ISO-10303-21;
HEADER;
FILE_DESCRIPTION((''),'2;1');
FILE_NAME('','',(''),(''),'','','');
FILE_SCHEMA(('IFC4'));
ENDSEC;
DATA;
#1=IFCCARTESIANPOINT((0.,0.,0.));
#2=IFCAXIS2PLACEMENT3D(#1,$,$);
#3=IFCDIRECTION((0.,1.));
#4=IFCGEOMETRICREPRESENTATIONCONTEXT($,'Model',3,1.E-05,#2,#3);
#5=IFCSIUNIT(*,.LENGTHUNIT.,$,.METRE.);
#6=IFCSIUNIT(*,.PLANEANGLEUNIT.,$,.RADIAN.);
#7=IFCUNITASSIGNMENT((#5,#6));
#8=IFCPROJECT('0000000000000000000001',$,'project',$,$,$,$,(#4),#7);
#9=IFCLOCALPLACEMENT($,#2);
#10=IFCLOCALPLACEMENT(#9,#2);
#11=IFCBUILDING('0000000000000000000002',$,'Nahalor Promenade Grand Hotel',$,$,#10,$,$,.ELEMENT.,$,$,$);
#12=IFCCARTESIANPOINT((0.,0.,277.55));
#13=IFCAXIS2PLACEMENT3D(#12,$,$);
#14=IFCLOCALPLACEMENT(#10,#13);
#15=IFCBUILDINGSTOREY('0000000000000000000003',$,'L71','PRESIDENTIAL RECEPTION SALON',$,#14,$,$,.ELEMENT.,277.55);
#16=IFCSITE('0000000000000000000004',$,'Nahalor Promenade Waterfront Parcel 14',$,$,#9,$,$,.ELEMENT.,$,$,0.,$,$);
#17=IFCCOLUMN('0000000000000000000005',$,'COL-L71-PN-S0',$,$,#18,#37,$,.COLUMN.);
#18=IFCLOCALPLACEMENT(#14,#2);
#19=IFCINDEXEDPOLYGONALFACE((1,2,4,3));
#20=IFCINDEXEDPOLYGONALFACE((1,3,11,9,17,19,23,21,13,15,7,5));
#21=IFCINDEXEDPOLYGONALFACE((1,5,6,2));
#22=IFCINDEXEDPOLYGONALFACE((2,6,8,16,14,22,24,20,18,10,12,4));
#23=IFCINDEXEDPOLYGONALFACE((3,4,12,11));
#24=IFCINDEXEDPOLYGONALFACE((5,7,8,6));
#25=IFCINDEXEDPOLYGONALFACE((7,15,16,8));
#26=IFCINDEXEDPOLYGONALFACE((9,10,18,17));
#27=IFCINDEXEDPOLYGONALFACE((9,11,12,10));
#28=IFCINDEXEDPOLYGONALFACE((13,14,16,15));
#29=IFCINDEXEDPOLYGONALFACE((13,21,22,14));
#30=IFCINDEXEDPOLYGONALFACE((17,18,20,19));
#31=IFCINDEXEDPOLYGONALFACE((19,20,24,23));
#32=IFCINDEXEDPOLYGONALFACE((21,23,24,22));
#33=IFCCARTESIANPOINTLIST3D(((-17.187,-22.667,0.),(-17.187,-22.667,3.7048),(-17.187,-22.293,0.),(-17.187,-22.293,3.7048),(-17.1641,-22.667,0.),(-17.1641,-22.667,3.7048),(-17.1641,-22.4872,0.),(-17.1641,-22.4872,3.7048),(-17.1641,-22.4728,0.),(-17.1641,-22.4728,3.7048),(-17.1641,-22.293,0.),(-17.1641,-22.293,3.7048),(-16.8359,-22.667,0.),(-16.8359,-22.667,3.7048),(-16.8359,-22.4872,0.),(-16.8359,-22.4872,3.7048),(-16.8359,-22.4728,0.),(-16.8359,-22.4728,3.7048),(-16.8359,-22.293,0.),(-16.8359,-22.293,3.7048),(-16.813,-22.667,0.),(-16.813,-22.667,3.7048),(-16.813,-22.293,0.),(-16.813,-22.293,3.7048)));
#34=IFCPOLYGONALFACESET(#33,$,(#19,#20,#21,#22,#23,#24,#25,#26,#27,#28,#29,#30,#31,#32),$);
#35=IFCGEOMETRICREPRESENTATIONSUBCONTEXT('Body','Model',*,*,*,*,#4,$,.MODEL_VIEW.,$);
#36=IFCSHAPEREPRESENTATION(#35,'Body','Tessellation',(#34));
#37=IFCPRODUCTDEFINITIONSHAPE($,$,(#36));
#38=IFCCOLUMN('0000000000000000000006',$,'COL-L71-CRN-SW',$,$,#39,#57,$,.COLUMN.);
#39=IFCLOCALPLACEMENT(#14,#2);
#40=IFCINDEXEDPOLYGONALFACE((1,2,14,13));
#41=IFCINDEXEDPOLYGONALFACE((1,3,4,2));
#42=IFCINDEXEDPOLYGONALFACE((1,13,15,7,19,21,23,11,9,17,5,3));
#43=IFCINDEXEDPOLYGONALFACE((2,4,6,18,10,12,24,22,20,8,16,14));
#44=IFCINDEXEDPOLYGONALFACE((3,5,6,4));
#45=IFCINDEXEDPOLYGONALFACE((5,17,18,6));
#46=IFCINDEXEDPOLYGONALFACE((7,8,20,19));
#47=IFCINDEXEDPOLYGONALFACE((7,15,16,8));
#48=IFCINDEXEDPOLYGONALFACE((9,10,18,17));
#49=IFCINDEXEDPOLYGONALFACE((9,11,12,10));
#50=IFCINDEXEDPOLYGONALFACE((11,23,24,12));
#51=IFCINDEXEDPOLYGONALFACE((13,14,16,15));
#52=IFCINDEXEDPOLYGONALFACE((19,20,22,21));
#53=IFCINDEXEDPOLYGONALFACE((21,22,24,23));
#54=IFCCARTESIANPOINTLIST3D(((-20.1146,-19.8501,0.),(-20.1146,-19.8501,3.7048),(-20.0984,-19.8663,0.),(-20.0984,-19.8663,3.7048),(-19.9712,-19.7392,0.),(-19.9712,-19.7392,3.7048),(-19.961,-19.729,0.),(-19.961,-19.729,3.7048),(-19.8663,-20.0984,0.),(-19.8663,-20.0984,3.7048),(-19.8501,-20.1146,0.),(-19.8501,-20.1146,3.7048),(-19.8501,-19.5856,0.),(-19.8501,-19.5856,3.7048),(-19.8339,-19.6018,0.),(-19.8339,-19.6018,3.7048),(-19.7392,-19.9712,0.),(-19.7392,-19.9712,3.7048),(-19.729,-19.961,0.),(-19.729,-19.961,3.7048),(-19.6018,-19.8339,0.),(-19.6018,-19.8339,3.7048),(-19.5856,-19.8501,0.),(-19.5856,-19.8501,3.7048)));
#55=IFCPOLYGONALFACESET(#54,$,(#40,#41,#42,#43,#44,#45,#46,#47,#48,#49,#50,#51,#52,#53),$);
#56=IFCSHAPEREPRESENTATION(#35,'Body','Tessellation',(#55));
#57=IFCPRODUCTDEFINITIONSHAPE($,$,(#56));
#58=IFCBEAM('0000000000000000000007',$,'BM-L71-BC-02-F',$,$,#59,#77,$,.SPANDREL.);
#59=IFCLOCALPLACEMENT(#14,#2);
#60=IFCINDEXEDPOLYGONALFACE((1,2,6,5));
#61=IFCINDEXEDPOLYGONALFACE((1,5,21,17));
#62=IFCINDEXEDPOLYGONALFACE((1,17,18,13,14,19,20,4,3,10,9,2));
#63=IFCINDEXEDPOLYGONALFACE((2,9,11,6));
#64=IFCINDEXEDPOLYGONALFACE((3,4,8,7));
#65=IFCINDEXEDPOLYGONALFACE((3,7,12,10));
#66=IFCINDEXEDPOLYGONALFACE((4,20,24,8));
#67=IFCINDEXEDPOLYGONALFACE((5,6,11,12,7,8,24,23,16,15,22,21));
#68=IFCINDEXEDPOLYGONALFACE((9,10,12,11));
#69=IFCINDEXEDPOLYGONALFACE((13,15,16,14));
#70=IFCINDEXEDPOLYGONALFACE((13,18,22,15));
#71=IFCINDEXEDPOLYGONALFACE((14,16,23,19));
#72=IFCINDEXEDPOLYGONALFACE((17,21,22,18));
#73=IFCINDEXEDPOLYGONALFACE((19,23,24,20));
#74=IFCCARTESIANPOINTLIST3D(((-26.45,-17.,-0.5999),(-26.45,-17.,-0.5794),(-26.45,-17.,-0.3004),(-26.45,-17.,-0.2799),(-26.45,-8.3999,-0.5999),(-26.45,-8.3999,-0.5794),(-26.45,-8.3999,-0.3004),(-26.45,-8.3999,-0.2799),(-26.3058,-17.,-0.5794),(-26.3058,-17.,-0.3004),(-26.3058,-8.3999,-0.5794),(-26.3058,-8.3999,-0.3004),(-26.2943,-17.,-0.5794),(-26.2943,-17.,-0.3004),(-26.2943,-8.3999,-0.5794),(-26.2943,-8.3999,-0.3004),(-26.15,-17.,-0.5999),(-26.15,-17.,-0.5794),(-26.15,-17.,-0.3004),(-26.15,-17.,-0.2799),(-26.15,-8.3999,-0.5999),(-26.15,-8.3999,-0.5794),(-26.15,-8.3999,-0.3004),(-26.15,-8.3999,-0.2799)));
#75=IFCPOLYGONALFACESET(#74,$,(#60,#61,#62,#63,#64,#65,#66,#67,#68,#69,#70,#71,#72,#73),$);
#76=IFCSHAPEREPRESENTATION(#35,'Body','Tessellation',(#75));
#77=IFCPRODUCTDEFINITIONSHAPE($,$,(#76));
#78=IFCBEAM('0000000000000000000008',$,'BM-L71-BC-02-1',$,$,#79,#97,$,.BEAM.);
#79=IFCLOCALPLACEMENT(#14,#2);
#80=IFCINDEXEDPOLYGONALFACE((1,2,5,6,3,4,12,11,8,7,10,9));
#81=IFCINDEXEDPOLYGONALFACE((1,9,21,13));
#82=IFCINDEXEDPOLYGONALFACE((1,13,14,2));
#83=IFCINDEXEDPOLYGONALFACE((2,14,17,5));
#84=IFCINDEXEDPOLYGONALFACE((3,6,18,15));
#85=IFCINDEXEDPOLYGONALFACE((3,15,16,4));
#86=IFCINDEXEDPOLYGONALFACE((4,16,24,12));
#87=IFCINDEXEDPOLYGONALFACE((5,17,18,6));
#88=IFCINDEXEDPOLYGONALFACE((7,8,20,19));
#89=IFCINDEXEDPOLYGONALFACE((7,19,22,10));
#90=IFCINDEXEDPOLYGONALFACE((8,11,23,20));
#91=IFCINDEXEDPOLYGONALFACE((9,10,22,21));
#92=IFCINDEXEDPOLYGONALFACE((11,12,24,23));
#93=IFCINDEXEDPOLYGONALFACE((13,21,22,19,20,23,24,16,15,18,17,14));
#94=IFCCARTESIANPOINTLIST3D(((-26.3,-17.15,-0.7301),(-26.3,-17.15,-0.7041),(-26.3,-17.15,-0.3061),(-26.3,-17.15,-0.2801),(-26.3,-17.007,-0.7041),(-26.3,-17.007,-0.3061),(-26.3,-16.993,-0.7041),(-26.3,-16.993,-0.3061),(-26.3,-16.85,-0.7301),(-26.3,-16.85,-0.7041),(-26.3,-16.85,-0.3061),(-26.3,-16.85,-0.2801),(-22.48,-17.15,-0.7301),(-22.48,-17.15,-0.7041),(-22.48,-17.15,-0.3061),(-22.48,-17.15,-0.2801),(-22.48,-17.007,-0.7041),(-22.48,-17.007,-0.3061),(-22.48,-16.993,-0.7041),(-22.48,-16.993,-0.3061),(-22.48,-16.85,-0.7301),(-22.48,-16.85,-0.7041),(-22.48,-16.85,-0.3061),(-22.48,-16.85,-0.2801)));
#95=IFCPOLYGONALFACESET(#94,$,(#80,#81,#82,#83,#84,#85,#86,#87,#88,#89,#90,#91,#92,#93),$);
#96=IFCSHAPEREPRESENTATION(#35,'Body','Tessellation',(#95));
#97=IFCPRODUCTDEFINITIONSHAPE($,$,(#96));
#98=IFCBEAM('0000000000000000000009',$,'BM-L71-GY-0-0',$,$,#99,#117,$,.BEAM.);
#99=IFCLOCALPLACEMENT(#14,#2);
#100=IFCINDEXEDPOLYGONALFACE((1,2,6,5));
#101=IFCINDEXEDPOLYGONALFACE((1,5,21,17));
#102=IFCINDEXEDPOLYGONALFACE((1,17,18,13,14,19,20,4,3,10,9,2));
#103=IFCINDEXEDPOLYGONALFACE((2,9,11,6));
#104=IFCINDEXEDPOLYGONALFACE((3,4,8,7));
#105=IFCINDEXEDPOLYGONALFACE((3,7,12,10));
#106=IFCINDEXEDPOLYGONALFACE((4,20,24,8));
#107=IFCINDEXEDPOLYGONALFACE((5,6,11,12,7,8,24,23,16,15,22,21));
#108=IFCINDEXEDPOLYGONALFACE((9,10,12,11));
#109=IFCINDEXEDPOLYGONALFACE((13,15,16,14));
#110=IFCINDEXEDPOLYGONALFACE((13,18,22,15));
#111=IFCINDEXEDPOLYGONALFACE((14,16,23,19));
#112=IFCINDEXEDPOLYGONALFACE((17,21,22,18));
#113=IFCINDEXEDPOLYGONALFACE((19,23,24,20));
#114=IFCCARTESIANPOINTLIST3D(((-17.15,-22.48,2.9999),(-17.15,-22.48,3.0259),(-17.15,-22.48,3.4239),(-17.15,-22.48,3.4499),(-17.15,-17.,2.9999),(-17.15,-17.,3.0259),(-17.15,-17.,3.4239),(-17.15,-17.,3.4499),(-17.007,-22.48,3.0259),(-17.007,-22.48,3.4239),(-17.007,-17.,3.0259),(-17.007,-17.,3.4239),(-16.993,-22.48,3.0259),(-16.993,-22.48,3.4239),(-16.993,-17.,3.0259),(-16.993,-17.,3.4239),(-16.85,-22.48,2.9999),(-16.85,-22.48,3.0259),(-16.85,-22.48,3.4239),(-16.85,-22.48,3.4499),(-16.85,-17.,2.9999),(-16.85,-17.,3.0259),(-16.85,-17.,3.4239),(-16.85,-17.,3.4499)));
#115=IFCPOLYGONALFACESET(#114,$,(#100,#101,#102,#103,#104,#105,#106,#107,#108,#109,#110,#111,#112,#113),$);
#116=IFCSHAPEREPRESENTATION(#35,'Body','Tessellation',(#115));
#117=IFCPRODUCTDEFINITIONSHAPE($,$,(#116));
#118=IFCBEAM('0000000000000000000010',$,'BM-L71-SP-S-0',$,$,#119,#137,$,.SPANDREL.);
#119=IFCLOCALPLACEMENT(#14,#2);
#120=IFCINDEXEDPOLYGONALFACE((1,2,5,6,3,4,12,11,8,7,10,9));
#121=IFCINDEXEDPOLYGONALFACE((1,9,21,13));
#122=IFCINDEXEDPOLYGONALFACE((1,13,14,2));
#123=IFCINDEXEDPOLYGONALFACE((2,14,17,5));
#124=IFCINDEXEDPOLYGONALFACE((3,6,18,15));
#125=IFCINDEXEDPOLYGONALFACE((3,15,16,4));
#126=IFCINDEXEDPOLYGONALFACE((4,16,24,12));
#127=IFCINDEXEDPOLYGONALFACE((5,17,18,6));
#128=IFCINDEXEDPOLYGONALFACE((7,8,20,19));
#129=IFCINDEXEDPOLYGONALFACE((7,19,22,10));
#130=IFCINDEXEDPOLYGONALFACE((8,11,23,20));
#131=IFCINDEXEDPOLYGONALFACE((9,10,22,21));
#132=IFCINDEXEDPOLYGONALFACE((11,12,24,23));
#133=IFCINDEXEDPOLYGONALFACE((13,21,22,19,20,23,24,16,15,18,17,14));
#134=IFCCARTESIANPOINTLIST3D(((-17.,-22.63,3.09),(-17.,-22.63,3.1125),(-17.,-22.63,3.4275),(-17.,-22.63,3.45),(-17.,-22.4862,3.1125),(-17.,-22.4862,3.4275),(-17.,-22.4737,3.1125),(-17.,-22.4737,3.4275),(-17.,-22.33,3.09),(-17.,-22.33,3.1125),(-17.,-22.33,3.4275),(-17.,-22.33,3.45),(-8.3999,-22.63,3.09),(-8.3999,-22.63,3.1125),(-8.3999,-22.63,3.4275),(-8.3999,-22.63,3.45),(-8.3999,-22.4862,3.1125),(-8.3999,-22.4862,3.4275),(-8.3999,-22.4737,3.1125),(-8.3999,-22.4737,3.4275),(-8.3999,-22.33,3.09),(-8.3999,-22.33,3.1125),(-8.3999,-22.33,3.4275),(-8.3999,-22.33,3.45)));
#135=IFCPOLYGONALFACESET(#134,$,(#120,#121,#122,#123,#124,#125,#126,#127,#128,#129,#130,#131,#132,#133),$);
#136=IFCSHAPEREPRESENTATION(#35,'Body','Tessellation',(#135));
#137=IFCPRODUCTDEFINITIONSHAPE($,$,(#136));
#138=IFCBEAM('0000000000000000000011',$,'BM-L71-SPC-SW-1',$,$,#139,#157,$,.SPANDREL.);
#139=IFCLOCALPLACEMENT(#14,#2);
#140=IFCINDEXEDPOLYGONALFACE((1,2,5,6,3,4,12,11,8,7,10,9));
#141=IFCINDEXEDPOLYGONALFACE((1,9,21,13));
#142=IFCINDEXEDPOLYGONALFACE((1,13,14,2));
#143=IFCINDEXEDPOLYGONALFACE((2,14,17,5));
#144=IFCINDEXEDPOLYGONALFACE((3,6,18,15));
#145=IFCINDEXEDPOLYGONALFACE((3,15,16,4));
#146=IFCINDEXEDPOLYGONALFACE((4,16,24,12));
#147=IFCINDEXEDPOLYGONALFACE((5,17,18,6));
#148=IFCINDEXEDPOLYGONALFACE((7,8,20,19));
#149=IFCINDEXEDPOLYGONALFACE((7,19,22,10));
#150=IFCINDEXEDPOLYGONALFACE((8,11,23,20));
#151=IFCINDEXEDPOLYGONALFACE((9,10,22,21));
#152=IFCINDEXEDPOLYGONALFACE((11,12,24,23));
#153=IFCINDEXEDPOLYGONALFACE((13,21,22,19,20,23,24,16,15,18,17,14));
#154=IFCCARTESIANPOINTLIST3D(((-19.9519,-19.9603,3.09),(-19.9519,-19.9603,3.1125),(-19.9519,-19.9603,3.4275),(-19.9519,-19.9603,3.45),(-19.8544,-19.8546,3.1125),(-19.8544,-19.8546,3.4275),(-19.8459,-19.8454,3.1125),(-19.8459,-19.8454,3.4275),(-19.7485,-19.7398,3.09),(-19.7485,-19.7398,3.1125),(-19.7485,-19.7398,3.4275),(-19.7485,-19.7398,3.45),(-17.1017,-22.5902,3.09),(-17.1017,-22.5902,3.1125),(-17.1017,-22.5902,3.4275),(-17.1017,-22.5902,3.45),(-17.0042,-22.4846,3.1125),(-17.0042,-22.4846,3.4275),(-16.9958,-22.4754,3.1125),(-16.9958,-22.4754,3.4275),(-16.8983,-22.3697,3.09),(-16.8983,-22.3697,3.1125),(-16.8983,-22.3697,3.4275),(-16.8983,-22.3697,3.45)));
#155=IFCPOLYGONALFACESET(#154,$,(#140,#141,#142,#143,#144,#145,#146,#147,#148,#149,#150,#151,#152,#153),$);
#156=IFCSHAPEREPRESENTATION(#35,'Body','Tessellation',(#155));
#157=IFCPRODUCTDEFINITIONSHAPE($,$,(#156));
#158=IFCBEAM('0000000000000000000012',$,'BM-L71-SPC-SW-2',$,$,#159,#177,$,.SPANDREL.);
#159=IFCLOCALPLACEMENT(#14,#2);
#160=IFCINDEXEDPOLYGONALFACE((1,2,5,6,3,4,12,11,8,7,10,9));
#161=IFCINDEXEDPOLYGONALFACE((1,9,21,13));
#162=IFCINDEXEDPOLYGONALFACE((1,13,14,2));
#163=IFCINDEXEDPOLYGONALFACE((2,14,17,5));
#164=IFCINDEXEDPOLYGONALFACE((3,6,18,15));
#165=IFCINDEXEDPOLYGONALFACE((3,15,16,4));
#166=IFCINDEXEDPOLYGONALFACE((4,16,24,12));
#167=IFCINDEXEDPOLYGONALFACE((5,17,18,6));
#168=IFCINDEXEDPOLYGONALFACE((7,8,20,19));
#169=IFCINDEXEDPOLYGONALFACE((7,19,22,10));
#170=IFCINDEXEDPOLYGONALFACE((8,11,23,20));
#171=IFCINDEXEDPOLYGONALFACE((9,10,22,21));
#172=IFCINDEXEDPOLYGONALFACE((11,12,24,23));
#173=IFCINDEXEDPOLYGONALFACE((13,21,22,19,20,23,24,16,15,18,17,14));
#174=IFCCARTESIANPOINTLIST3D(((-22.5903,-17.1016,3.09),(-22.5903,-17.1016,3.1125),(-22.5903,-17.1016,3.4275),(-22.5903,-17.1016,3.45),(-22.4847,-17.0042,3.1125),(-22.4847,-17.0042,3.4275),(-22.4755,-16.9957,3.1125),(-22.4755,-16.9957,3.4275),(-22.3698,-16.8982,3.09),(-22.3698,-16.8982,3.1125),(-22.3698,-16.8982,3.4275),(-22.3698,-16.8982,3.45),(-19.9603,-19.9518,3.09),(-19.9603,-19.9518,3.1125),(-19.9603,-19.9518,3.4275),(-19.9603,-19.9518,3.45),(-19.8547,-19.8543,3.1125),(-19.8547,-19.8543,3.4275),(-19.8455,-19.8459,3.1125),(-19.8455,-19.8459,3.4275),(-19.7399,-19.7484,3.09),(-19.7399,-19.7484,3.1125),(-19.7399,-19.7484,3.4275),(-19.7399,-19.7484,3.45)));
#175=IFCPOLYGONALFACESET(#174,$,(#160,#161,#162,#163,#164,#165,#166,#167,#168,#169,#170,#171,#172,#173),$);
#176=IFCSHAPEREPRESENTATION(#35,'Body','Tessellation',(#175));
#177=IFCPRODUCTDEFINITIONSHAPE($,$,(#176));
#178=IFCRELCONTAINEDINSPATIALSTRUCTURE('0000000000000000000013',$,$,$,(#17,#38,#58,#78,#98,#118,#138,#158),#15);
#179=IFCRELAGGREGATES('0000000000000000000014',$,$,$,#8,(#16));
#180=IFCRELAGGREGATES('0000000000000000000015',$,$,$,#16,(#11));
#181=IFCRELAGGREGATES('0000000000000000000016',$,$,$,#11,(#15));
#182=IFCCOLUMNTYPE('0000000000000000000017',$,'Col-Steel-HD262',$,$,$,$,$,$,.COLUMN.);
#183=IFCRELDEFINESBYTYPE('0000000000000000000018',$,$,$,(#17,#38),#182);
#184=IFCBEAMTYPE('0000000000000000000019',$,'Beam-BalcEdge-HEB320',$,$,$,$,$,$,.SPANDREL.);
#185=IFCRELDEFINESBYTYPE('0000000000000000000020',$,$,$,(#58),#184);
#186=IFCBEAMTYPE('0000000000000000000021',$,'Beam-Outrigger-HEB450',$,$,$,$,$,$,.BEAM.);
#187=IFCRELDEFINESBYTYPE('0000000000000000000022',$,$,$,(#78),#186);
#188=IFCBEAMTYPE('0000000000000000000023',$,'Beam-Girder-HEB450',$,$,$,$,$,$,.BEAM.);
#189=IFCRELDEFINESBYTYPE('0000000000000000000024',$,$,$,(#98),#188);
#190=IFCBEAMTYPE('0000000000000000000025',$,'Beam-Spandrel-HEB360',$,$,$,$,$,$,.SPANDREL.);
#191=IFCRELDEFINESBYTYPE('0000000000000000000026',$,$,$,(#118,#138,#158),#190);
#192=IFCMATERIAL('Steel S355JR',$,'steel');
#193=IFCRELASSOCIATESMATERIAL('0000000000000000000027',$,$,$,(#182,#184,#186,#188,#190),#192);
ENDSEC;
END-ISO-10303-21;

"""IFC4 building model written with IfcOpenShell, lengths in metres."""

from ifc_helpers import new_model, si_unit, direction, frame, origin, origin_2d, place, context, subcontext, project, spatial, i_section, extrude, source, transform, mapped, material, material_profile, profile_set, type_object, element, save


model = new_model("IFC4")

# Units and contexts
model_context = context("Model", 3, precision=1e-05, world=origin(), true_north=direction((0.0, 1.0)))
body_context = subcontext(model_context, "Body", "Model", "MODEL_VIEW")
ifc_project = project(units=[si_unit("LENGTHUNIT", "METRE"), si_unit("PLANEANGLEUNIT", "RADIAN")], contexts=[model_context])

# Site, building, storey
site_placement = place(None, origin())
site = spatial("IfcSite", under=ifc_project, at=site_placement, Name="Nahalor Promenade Waterfront Parcel 14", CompositionType="ELEMENT", RefElevation=0.0)
building_placement = place(site_placement, origin())
building = spatial("IfcBuilding", under=site, at=building_placement, Name="Nahalor Promenade Grand Hotel", CompositionType="ELEMENT")
storey_placement = place(building_placement, frame((0.0, 0.0, 277.55)))
storey = spatial("IfcBuildingStorey", under=building, at=storey_placement, Name="L71", Description="PRESIDENTIAL RECEPTION SALON", CompositionType="ELEMENT", Elevation=277.55)

# Columns
ifc_material_1 = material(Name="Steel S355JR", Category="steel")
ifc_material_profile_1 = material_profile(ifc_material_1, i_section(OverallWidth=0.374, OverallDepth=0.374, WebThickness=0.0144, FlangeThickness=0.0229, at=origin_2d()), Name="HD 360x262")
ifc_profile_set_1 = profile_set([ifc_material_profile_1], Name="Steel S355JR")
column_type = type_object("IfcColumnType", Name="Col-Steel-HD262", PredefinedType="COLUMN", material=ifc_profile_set_1)
shared_shape_1 = source(origin(), body_context, "Body", "SweptSolid", [
    extrude(i_section(OverallWidth=0.374, OverallDepth=0.374, WebThickness=0.0144, FlangeThickness=0.0229, at=origin_2d()), origin(), (0.0, 0.0, 1.0), 3.7048),
])
for number, where, z_axis, x_axis, name in (
    (1, (-17.0, -22.48, 0.0), (0.0, 0.0, 1.0), (0.0, 1.0, 0.0), "COL-L71-PN-S0"),
    (2, (-19.8501, -19.8501, 0.0), (0.0, 0.0, 1.0), (0.707107, 0.707107, 0.0), "COL-L71-CRN-SW"),
):
    element("IfcColumn", number, at=place(storey_placement, frame(where, z_axis=z_axis, x_axis=x_axis)), inside=storey, type_object=column_type, Name=name, PredefinedType="COLUMN", context=body_context, shape_type="MappedRepresentation", body=[
        mapped(shared_shape_1, transform((0.0, 0.0, 0.0), scale=1.0)),
    ])

# Beams
ifc_material_profile_2 = material_profile(ifc_material_1, i_section(OverallWidth=0.3, OverallDepth=0.32, WebThickness=0.0115, FlangeThickness=0.0205, at=origin_2d()), Name="HEB 320")
ifc_profile_set_2 = profile_set([ifc_material_profile_2], Name="Steel S355JR")
beam_type_1 = type_object("IfcBeamType", Name="Beam-BalcEdge-HEB320", PredefinedType="SPANDREL", material=ifc_profile_set_2)
shared_shape_2 = source(origin(), body_context, "Body", "SweptSolid", [
    extrude(i_section(OverallWidth=0.3, OverallDepth=0.32, WebThickness=0.0115, FlangeThickness=0.0205, at=origin_2d()), origin(), (0.0, 0.0, 1.0), 8.6001),
])
beam_1_placement = place(storey_placement, frame((-26.3, -17.0, -0.4399), z_axis=(0.0, 1.0, 0.0), x_axis=(-1.0, 0.0, 0.0)))
element("IfcBeam", 3, at=beam_1_placement, inside=storey, type_object=beam_type_1, Name="BM-L71-BC-02-F", PredefinedType="SPANDREL", context=body_context, shape_type="MappedRepresentation", body=[
    mapped(shared_shape_2, transform((0.0, 0.0, 0.0), scale=1.0)),
])
ifc_material_profile_3 = material_profile(ifc_material_1, i_section(OverallWidth=0.3, OverallDepth=0.45, WebThickness=0.014, FlangeThickness=0.026, at=origin_2d()), Name="HEB 450")
ifc_profile_set_3 = profile_set([ifc_material_profile_3], Name="Steel S355JR")
beam_type_2 = type_object("IfcBeamType", Name="Beam-Outrigger-HEB450", PredefinedType="BEAM", material=ifc_profile_set_3)
shared_shape_3 = source(origin(), body_context, "Body", "SweptSolid", [
    extrude(i_section(OverallWidth=0.3, OverallDepth=0.45, WebThickness=0.014, FlangeThickness=0.026, at=origin_2d()), origin(), (0.0, 0.0, 1.0), 3.8201),
])
beam_2_placement = place(storey_placement, frame((-26.3, -17.0, -0.5051), z_axis=(1.0, 0.0, 0.0), x_axis=(0.0, 1.0, 0.0)))
element("IfcBeam", 4, at=beam_2_placement, inside=storey, type_object=beam_type_2, Name="BM-L71-BC-02-1", PredefinedType="BEAM", context=body_context, shape_type="MappedRepresentation", body=[
    mapped(shared_shape_3, transform((0.0, 0.0, 0.0), scale=1.0)),
])
ifc_material_profile_4 = material_profile(ifc_material_1, i_section(OverallWidth=0.3, OverallDepth=0.45, WebThickness=0.014, FlangeThickness=0.026, at=origin_2d()), Name="HEB 450")
ifc_profile_set_4 = profile_set([ifc_material_profile_4], Name="Steel S355JR")
beam_type_3 = type_object("IfcBeamType", Name="Beam-Girder-HEB450", PredefinedType="BEAM", material=ifc_profile_set_4)
shared_shape_4 = source(origin(), body_context, "Body", "SweptSolid", [
    extrude(i_section(OverallWidth=0.3, OverallDepth=0.45, WebThickness=0.014, FlangeThickness=0.026, at=origin_2d()), origin(), (0.0, 0.0, 1.0), 5.48),
])
beam_3_placement = place(storey_placement, frame((-17.0, -22.48, 3.2249), z_axis=(0.0, 1.0, 0.0), x_axis=(-1.0, 0.0, 0.0)))
element("IfcBeam", 5, at=beam_3_placement, inside=storey, type_object=beam_type_3, Name="BM-L71-GY-0-0", PredefinedType="BEAM", context=body_context, shape_type="MappedRepresentation", body=[
    mapped(shared_shape_4, transform((0.0, 0.0, 0.0), scale=1.0)),
])
ifc_material_profile_5 = material_profile(ifc_material_1, i_section(OverallWidth=0.3, OverallDepth=0.36, WebThickness=0.0125, FlangeThickness=0.0225, at=origin_2d()), Name="HEB 360")
ifc_profile_set_5 = profile_set([ifc_material_profile_5], Name="Steel S355JR")
beam_type_4 = type_object("IfcBeamType", Name="Beam-Spandrel-HEB360", PredefinedType="SPANDREL", material=ifc_profile_set_5)
shared_shape_5 = source(origin(), body_context, "Body", "SweptSolid", [
    extrude(i_section(OverallWidth=0.3, OverallDepth=0.36, WebThickness=0.0125, FlangeThickness=0.0225, at=origin_2d()), origin(), (0.0, 0.0, 1.0), 8.6001),
])
beam_4_placement = place(storey_placement, frame((-17.0, -22.48, 3.27), z_axis=(1.0, 0.0, 0.0), x_axis=(0.0, 1.0, 0.0)))
element("IfcBeam", 6, at=beam_4_placement, inside=storey, type_object=beam_type_4, Name="BM-L71-SP-S-0", PredefinedType="SPANDREL", context=body_context, shape_type="MappedRepresentation", body=[
    mapped(shared_shape_5, transform((0.0, 0.0, 0.0), scale=1.0)),
])
shared_shape_6 = source(origin(), body_context, "Body", "SweptSolid", [
    extrude(i_section(OverallWidth=0.3, OverallDepth=0.36, WebThickness=0.0125, FlangeThickness=0.0225, at=origin_2d()), origin(), (0.0, 0.0, 1.0), 3.8782),
])
for number, where, z_axis, x_axis, name in (
    (7, (-17.0, -22.48, 3.27), (-0.734929, 0.678144, 0.0), (-0.678144, -0.734929, 0.0), "BM-L71-SPC-SW-1"),
    (8, (-19.8501, -19.8501, 3.27), (-0.678144, 0.734929, 0.0), (-0.734929, -0.678144, 0.0), "BM-L71-SPC-SW-2"),
):
    element("IfcBeam", number, at=place(storey_placement, frame(where, z_axis=z_axis, x_axis=x_axis)), inside=storey, type_object=beam_type_4, Name=name, PredefinedType="SPANDREL", context=body_context, shape_type="MappedRepresentation", body=[
        mapped(shared_shape_6, transform((0.0, 0.0, 0.0), scale=1.0)),
    ])

save(model, "model.ifc")
